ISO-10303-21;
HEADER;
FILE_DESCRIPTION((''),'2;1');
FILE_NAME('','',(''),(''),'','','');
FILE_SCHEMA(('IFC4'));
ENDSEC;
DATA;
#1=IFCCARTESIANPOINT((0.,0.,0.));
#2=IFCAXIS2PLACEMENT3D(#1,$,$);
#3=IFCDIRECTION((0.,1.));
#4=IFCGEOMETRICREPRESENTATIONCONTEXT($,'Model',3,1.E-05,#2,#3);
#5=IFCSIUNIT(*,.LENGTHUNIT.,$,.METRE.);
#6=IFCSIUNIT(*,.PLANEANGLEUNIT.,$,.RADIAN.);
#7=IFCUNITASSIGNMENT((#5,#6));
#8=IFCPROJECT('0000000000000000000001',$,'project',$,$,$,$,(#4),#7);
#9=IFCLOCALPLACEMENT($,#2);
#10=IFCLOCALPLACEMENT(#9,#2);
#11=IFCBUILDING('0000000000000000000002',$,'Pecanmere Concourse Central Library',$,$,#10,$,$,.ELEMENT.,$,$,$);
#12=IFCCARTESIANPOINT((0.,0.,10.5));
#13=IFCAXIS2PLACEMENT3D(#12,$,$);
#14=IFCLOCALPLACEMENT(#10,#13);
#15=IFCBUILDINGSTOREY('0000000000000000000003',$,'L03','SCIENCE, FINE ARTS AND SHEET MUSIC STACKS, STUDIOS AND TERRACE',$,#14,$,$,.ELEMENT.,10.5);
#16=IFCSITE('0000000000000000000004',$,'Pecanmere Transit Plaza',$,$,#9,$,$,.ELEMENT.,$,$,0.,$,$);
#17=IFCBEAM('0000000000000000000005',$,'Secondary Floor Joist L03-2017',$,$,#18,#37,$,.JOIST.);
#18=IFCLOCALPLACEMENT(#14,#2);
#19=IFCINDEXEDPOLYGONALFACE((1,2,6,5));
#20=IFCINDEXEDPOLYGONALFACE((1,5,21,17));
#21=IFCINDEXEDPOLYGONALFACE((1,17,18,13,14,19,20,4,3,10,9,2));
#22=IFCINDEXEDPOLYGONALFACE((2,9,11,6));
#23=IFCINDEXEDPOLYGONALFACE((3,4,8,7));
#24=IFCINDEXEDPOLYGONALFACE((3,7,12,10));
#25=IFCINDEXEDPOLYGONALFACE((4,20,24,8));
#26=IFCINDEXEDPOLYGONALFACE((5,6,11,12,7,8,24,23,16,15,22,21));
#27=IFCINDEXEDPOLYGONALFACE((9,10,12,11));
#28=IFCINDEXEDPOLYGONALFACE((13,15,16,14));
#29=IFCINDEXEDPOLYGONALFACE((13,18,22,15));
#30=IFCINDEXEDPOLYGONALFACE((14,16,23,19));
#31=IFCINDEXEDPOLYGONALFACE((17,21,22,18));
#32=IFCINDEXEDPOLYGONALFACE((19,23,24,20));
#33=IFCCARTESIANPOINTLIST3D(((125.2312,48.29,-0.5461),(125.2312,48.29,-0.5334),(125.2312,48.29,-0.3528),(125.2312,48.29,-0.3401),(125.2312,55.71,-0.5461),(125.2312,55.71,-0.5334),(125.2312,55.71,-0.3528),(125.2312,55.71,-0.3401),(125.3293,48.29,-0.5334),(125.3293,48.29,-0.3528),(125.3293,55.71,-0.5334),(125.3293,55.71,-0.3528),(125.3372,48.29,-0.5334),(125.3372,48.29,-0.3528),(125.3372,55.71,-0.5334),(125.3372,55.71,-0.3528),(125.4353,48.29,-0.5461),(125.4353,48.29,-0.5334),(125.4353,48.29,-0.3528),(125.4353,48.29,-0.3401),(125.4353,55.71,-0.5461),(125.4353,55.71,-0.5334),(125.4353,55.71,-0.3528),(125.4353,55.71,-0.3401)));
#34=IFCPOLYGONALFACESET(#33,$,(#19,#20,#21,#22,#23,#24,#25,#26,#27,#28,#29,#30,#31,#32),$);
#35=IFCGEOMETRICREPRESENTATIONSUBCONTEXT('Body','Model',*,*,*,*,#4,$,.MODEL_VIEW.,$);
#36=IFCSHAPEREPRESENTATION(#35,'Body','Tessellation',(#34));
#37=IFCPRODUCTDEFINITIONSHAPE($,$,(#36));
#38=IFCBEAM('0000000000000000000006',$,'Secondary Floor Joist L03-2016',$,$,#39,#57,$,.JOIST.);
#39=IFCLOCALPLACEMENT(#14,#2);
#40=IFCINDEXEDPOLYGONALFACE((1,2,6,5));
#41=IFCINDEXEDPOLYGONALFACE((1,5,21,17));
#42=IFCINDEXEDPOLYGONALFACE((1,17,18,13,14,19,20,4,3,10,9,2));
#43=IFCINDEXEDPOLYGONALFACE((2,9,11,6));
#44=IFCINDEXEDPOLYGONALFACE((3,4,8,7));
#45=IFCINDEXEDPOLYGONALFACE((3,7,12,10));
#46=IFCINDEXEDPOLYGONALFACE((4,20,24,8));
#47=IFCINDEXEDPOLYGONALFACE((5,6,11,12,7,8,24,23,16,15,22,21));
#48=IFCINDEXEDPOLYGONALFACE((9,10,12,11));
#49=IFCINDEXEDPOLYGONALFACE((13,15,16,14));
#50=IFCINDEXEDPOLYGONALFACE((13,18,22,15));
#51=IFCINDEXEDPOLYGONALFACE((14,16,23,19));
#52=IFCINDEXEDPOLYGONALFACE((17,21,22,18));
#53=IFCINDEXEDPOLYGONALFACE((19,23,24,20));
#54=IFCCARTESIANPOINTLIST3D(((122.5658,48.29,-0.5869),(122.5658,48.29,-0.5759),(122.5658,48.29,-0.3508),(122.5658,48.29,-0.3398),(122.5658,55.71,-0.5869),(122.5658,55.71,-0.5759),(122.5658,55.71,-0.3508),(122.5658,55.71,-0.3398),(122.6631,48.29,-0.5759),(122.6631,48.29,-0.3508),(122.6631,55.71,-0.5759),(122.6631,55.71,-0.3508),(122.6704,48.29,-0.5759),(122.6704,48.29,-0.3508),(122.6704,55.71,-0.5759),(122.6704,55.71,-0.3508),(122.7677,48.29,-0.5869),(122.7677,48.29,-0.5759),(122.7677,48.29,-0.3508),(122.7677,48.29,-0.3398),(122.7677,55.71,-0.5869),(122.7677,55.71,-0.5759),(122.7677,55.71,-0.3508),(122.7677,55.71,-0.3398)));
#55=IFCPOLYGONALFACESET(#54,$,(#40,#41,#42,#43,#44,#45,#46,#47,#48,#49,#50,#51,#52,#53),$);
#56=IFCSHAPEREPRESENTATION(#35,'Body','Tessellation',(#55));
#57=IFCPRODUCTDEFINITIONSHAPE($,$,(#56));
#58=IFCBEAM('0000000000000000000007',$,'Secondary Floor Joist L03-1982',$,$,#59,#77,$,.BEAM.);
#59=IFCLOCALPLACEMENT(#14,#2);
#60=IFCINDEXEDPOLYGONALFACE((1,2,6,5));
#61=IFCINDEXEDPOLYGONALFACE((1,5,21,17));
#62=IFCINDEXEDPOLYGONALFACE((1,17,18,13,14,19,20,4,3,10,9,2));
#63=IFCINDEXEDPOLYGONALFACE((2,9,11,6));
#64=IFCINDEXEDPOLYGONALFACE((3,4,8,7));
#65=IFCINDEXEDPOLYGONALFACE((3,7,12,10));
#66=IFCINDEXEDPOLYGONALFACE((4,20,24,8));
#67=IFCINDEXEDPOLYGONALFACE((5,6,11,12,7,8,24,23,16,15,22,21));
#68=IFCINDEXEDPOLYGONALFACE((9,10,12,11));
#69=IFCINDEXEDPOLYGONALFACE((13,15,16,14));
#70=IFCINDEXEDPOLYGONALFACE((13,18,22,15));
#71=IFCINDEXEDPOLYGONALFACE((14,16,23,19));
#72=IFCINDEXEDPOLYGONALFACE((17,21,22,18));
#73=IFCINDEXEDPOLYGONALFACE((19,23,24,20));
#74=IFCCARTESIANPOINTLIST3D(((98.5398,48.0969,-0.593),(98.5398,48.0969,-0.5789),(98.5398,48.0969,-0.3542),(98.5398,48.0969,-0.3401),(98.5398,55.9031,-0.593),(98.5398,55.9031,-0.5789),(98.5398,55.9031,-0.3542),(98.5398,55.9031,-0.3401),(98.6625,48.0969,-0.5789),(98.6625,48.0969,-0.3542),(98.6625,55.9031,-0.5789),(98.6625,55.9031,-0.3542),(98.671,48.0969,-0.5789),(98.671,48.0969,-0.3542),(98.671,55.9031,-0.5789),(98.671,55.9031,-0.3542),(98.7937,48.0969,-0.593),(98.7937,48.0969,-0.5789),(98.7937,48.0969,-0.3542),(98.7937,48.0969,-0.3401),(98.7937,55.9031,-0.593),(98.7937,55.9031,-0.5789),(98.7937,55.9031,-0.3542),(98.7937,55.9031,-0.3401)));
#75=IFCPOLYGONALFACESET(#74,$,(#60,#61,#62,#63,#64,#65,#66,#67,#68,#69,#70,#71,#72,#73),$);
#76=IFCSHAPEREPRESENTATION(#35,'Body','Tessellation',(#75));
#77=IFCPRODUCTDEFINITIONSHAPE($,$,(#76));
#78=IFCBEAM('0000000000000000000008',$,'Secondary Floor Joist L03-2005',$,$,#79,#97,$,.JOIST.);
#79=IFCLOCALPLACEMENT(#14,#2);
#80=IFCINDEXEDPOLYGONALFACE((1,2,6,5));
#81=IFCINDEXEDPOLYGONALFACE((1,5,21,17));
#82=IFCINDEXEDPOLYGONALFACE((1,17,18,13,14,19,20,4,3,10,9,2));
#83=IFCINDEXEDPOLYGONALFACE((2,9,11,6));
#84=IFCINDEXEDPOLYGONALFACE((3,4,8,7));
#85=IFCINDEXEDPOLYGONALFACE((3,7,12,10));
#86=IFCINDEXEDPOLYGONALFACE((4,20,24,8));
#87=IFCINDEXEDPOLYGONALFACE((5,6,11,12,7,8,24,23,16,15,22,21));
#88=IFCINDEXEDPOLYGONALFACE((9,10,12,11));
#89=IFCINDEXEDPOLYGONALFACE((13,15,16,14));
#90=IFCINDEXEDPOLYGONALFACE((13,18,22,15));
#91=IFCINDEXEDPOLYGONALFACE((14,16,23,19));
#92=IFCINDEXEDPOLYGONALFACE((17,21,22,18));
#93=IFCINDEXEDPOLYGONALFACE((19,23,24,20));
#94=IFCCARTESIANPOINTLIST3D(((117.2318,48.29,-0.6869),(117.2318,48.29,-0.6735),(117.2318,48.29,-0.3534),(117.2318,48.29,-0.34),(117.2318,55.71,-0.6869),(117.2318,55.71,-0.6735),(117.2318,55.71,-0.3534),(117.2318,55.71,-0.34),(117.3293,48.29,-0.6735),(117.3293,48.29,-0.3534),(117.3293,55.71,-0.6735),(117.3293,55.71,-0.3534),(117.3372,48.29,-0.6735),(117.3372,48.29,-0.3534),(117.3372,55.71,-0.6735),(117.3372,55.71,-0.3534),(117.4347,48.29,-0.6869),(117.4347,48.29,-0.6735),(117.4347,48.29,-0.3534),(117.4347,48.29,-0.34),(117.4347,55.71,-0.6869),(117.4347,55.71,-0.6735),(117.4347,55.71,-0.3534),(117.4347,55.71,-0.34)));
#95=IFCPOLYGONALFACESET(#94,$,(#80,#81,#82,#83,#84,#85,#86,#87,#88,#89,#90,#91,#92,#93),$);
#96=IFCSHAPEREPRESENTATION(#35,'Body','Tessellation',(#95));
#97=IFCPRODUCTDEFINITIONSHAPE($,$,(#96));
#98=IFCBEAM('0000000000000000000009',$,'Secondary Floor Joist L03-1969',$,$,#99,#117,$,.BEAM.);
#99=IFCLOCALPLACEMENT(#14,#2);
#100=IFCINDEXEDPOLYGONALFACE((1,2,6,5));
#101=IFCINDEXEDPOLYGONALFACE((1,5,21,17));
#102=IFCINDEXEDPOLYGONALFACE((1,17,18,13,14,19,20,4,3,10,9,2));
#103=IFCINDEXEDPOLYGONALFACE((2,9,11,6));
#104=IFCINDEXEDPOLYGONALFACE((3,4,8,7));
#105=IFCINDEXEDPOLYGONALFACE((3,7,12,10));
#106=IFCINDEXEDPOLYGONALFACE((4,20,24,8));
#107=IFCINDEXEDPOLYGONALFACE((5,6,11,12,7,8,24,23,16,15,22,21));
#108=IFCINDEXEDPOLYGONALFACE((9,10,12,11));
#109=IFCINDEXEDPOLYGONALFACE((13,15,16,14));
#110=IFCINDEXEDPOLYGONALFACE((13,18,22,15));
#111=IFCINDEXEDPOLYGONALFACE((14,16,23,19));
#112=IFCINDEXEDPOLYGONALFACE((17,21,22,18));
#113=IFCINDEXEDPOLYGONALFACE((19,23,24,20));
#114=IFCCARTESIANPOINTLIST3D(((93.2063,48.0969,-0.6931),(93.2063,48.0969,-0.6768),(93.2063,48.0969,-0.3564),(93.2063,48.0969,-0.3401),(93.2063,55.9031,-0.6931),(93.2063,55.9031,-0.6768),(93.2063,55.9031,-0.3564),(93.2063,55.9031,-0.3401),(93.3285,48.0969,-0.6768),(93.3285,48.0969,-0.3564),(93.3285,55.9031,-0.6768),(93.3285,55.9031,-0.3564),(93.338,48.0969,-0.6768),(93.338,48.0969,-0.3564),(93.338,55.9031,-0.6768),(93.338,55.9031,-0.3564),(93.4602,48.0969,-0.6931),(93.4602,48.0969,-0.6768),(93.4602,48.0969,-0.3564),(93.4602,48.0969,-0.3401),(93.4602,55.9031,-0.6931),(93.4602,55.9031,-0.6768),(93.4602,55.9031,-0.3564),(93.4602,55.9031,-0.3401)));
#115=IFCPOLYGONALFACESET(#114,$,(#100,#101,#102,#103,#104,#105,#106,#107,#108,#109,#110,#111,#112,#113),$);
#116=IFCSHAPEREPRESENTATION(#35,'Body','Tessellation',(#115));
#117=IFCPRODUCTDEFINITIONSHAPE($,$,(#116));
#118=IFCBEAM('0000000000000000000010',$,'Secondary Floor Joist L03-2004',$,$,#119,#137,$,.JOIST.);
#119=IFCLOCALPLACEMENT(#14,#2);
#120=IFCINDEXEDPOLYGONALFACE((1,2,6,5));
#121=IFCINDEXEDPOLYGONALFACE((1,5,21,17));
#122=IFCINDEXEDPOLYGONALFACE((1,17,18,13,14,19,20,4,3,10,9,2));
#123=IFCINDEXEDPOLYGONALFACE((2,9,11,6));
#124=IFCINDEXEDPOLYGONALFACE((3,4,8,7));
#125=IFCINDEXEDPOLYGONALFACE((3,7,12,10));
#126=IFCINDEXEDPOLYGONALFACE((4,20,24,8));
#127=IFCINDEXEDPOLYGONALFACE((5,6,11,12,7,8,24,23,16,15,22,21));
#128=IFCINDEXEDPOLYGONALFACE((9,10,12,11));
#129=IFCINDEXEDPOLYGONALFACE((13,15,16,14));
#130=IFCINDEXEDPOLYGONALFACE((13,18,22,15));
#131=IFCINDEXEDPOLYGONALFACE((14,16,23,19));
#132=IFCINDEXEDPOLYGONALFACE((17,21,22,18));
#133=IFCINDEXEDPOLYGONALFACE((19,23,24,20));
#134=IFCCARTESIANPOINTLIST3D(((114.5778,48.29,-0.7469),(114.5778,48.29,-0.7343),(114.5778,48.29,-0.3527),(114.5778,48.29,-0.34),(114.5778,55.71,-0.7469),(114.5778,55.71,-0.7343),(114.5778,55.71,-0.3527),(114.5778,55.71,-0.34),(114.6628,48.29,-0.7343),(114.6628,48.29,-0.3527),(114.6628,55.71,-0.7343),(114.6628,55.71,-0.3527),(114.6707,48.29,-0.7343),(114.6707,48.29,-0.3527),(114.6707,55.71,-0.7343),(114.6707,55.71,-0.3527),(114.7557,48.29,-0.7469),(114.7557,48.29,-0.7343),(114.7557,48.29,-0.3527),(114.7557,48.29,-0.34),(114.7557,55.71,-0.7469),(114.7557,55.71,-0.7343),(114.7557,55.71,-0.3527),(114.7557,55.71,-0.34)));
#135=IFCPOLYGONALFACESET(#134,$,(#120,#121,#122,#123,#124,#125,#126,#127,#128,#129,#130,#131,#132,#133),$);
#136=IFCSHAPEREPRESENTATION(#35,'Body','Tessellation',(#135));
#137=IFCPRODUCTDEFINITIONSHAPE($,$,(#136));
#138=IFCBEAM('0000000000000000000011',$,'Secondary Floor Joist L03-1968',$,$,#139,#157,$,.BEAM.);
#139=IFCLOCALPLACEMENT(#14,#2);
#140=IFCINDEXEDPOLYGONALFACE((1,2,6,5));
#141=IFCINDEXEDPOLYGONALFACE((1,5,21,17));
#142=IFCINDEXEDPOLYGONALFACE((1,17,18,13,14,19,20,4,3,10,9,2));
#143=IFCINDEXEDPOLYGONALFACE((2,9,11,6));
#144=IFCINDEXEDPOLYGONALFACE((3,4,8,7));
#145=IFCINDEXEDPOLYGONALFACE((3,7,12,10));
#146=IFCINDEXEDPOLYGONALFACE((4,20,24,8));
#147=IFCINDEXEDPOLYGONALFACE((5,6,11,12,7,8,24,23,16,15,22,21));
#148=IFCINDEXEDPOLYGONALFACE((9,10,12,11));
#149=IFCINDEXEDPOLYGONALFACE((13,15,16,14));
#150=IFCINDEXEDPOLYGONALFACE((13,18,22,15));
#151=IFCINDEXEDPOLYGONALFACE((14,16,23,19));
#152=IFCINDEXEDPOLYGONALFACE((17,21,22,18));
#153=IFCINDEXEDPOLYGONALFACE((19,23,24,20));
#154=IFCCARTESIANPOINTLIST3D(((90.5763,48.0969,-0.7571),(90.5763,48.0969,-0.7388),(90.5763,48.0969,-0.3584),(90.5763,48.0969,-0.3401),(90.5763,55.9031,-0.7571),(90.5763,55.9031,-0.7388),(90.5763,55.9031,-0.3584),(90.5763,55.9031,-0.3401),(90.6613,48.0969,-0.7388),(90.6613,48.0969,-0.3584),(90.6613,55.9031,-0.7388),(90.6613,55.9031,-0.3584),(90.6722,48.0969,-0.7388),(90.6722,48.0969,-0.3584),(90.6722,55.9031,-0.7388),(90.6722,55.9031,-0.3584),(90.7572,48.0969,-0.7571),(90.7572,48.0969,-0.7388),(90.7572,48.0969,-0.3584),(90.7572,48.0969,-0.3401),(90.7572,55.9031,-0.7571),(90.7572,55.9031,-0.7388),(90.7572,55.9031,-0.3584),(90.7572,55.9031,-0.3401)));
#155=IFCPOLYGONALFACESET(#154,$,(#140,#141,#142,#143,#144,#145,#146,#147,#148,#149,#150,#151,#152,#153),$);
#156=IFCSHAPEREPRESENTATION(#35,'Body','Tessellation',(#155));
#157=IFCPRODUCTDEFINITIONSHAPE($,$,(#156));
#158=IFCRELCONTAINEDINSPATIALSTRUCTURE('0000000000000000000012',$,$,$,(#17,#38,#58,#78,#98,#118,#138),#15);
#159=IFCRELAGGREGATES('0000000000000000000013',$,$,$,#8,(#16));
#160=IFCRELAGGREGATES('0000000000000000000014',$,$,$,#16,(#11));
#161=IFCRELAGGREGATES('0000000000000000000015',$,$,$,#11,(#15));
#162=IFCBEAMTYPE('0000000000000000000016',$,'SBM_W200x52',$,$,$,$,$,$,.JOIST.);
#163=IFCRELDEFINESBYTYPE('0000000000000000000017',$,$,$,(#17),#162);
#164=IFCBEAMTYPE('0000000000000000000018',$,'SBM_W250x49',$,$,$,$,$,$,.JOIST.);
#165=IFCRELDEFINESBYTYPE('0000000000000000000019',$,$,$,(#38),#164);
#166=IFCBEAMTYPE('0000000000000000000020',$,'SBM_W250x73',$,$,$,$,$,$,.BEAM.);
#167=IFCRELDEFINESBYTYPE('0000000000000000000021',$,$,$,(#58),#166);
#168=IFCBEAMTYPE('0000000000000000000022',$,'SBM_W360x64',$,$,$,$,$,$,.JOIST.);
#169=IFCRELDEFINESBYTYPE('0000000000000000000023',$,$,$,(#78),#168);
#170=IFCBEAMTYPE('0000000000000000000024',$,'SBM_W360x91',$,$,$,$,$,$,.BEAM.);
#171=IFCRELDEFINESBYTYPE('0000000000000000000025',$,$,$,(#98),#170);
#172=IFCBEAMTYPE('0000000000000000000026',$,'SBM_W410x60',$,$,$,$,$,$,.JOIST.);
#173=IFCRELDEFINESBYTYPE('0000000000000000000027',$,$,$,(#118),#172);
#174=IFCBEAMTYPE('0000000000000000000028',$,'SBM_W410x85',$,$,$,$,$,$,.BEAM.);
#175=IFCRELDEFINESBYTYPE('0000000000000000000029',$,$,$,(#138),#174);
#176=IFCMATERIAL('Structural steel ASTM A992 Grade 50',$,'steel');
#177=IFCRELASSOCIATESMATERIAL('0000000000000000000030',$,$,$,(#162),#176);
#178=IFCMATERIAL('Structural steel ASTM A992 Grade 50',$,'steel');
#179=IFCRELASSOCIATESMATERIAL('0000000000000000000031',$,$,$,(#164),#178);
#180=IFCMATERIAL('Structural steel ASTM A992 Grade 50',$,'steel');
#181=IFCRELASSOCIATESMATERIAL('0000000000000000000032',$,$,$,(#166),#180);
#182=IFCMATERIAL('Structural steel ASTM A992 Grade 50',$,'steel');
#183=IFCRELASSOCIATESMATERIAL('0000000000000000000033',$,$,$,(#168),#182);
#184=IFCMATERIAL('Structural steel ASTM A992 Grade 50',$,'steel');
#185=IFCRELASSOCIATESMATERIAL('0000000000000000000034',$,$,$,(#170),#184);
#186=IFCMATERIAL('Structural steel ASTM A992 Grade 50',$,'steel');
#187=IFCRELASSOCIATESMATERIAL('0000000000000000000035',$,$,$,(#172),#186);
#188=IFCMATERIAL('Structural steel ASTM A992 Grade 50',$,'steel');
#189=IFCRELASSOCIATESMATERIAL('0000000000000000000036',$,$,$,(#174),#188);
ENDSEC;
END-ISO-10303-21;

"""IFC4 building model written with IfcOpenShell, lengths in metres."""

from ifc_helpers import new_model, si_unit, direction, frame, origin, origin_2d, place, context, subcontext, project, spatial, i_section, extrude, material, material_profile, profile_set, type_object, element, save


model = new_model("IFC4")

# Units and contexts
model_context = context("Model", 3, precision=1e-05, world=origin(), true_north=direction((0.0, 1.0)))
body_context = subcontext(model_context, "Body", "Model", "MODEL_VIEW")
ifc_project = project(units=[si_unit("LENGTHUNIT", "METRE"), si_unit("PLANEANGLEUNIT", "RADIAN")], contexts=[model_context])

# Site, building, storey
site_placement = place(None, origin())
site = spatial("IfcSite", under=ifc_project, at=site_placement, Name="Pecanmere Transit Plaza", CompositionType="ELEMENT", RefElevation=0.0)
building_placement = place(site_placement, origin())
building = spatial("IfcBuilding", under=site, at=building_placement, Name="Pecanmere Concourse Central Library", CompositionType="ELEMENT")
storey_placement = place(building_placement, frame((0.0, 0.0, 10.5)))
storey = spatial("IfcBuildingStorey", under=building, at=storey_placement, Name="L03", Description="SCIENCE, FINE ARTS AND SHEET MUSIC STACKS, STUDIOS AND TERRACE", CompositionType="ELEMENT", Elevation=10.5)

# Beams
ifc_material_1 = material(Name="Structural steel ASTM A992 Grade 50", Category="steel")
ifc_material_profile_1 = material_profile(ifc_material_1, i_section(OverallWidth=0.2041, OverallDepth=0.2061, WebThickness=0.0078, FlangeThickness=0.0127, at=origin_2d()), Name="W200x52")
ifc_profile_set_1 = profile_set([ifc_material_profile_1], Name="Structural steel ASTM A992 Grade 50")
beam_type_1 = type_object("IfcBeamType", Name="SBM_W200x52", PredefinedType="JOIST", material=ifc_profile_set_1)
beam_1_placement = place(storey_placement, frame((125.3333, 48.29, -0.4431), z_axis=(0.0, 1.0, 0.0), x_axis=(-1.0, 0.0, 0.0)))
element("IfcBeam", 1, at=beam_1_placement, inside=storey, type_object=beam_type_1, Name="Secondary Floor Joist L03-2017", PredefinedType="JOIST", context=body_context, shape_type="SweptSolid", body=[
    extrude(i_section(OverallWidth=0.2041, OverallDepth=0.2061, WebThickness=0.0078, FlangeThickness=0.0127, at=origin_2d()), origin(), (0.0, 0.0, 1.0), 7.4199),
])
ifc_material_2 = material(Name="Structural steel ASTM A992 Grade 50", Category="steel")
ifc_material_profile_2 = material_profile(ifc_material_2, i_section(OverallWidth=0.2019, OverallDepth=0.2471, WebThickness=0.0073, FlangeThickness=0.011, at=origin_2d()), Name="W250x49.1")
ifc_profile_set_2 = profile_set([ifc_material_profile_2], Name="Structural steel ASTM A992 Grade 50")
beam_type_2 = type_object("IfcBeamType", Name="SBM_W250x49", PredefinedType="JOIST", material=ifc_profile_set_2)
beam_2_placement = place(storey_placement, frame((122.6667, 48.29, -0.4634), z_axis=(0.0, 1.0, 0.0), x_axis=(-1.0, 0.0, 0.0)))
element("IfcBeam", 2, at=beam_2_placement, inside=storey, type_object=beam_type_2, Name="Secondary Floor Joist L03-2016", PredefinedType="JOIST", context=body_context, shape_type="SweptSolid", body=[
    extrude(i_section(OverallWidth=0.2019, OverallDepth=0.2471, WebThickness=0.0073, FlangeThickness=0.011, at=origin_2d()), origin(), (0.0, 0.0, 1.0), 7.4199),
])
ifc_material_3 = material(Name="Structural steel ASTM A992 Grade 50", Category="steel")
ifc_material_profile_3 = material_profile(ifc_material_3, i_section(OverallWidth=0.2539, OverallDepth=0.2529, WebThickness=0.0085, FlangeThickness=0.0142, at=origin_2d()), Name="W250x73")
ifc_profile_set_3 = profile_set([ifc_material_profile_3], Name="Structural steel ASTM A992 Grade 50")
beam_type_3 = type_object("IfcBeamType", Name="SBM_W250x73", PredefinedType="BEAM", material=ifc_profile_set_3)
beam_3_placement = place(storey_placement, frame((98.6667, 48.0969, -0.4666), z_axis=(0.0, 1.0, 0.0), x_axis=(-1.0, 0.0, 0.0)))
element("IfcBeam", 3, at=beam_3_placement, inside=storey, type_object=beam_type_3, Name="Secondary Floor Joist L03-1982", PredefinedType="BEAM", context=body_context, shape_type="SweptSolid", body=[
    extrude(i_section(OverallWidth=0.2539, OverallDepth=0.2529, WebThickness=0.0085, FlangeThickness=0.0142, at=origin_2d()), origin(), (0.0, 0.0, 1.0), 7.8062),
])
ifc_material_4 = material(Name="Structural steel ASTM A992 Grade 50", Category="steel")
ifc_material_profile_4 = material_profile(ifc_material_4, i_section(OverallWidth=0.2029, OverallDepth=0.3469, WebThickness=0.0078, FlangeThickness=0.0134, at=origin_2d()), Name="W360x64")
ifc_profile_set_4 = profile_set([ifc_material_profile_4], Name="Structural steel ASTM A992 Grade 50")
beam_type_4 = type_object("IfcBeamType", Name="SBM_W360x64", PredefinedType="JOIST", material=ifc_profile_set_4)
beam_4_placement = place(storey_placement, frame((117.3333, 48.29, -0.5134), z_axis=(0.0, 1.0, 0.0), x_axis=(-1.0, 0.0, 0.0)))
element("IfcBeam", 4, at=beam_4_placement, inside=storey, type_object=beam_type_4, Name="Secondary Floor Joist L03-2005", PredefinedType="JOIST", context=body_context, shape_type="SweptSolid", body=[
    extrude(i_section(OverallWidth=0.2029, OverallDepth=0.3469, WebThickness=0.0078, FlangeThickness=0.0134, at=origin_2d()), origin(), (0.0, 0.0, 1.0), 7.4199),
])
ifc_material_5 = material(Name="Structural steel ASTM A992 Grade 50", Category="steel")
ifc_material_profile_5 = material_profile(ifc_material_5, i_section(OverallWidth=0.2539, OverallDepth=0.353, WebThickness=0.0095, FlangeThickness=0.0164, at=origin_2d()), Name="W360x91")
ifc_profile_set_5 = profile_set([ifc_material_profile_5], Name="Structural steel ASTM A992 Grade 50")
beam_type_5 = type_object("IfcBeamType", Name="SBM_W360x91", PredefinedType="BEAM", material=ifc_profile_set_5)
beam_5_placement = place(storey_placement, frame((93.3333, 48.0969, -0.5166), z_axis=(0.0, 1.0, 0.0), x_axis=(-1.0, 0.0, 0.0)))
element("IfcBeam", 5, at=beam_5_placement, inside=storey, type_object=beam_type_5, Name="Secondary Floor Joist L03-1969", PredefinedType="BEAM", context=body_context, shape_type="SweptSolid", body=[
    extrude(i_section(OverallWidth=0.2539, OverallDepth=0.353, WebThickness=0.0095, FlangeThickness=0.0164, at=origin_2d()), origin(), (0.0, 0.0, 1.0), 7.8062),
])
ifc_material_6 = material(Name="Structural steel ASTM A992 Grade 50", Category="steel")
ifc_material_profile_6 = material_profile(ifc_material_6, i_section(OverallWidth=0.178, OverallDepth=0.407, WebThickness=0.0078, FlangeThickness=0.0127, at=origin_2d()), Name="W410x60")
ifc_profile_set_6 = profile_set([ifc_material_profile_6], Name="Structural steel ASTM A992 Grade 50")
beam_type_6 = type_object("IfcBeamType", Name="SBM_W410x60", PredefinedType="JOIST", material=ifc_profile_set_6)
beam_6_placement = place(storey_placement, frame((114.6667, 48.29, -0.5435), z_axis=(0.0, 1.0, 0.0), x_axis=(-1.0, 0.0, 0.0)))
element("IfcBeam", 6, at=beam_6_placement, inside=storey, type_object=beam_type_6, Name="Secondary Floor Joist L03-2004", PredefinedType="JOIST", context=body_context, shape_type="SweptSolid", body=[
    extrude(i_section(OverallWidth=0.178, OverallDepth=0.407, WebThickness=0.0078, FlangeThickness=0.0127, at=origin_2d()), origin(), (0.0, 0.0, 1.0), 7.4199),
])
ifc_material_7 = material(Name="Structural steel ASTM A992 Grade 50", Category="steel")
ifc_material_profile_7 = material_profile(ifc_material_7, i_section(OverallWidth=0.1809, OverallDepth=0.417, WebThickness=0.011, FlangeThickness=0.0183, at=origin_2d()), Name="W410x85")
ifc_profile_set_7 = profile_set([ifc_material_profile_7], Name="Structural steel ASTM A992 Grade 50")
beam_type_7 = type_object("IfcBeamType", Name="SBM_W410x85", PredefinedType="BEAM", material=ifc_profile_set_7)
beam_7_placement = place(storey_placement, frame((90.6667, 48.0969, -0.5486), z_axis=(0.0, 1.0, 0.0), x_axis=(-1.0, 0.0, 0.0)))
element("IfcBeam", 7, at=beam_7_placement, inside=storey, type_object=beam_type_7, Name="Secondary Floor Joist L03-1968", PredefinedType="BEAM", context=body_context, shape_type="SweptSolid", body=[
    extrude(i_section(OverallWidth=0.1809, OverallDepth=0.417, WebThickness=0.011, FlangeThickness=0.0183, at=origin_2d()), origin(), (0.0, 0.0, 1.0), 7.8062),
])

save(model, "model.ifc")
